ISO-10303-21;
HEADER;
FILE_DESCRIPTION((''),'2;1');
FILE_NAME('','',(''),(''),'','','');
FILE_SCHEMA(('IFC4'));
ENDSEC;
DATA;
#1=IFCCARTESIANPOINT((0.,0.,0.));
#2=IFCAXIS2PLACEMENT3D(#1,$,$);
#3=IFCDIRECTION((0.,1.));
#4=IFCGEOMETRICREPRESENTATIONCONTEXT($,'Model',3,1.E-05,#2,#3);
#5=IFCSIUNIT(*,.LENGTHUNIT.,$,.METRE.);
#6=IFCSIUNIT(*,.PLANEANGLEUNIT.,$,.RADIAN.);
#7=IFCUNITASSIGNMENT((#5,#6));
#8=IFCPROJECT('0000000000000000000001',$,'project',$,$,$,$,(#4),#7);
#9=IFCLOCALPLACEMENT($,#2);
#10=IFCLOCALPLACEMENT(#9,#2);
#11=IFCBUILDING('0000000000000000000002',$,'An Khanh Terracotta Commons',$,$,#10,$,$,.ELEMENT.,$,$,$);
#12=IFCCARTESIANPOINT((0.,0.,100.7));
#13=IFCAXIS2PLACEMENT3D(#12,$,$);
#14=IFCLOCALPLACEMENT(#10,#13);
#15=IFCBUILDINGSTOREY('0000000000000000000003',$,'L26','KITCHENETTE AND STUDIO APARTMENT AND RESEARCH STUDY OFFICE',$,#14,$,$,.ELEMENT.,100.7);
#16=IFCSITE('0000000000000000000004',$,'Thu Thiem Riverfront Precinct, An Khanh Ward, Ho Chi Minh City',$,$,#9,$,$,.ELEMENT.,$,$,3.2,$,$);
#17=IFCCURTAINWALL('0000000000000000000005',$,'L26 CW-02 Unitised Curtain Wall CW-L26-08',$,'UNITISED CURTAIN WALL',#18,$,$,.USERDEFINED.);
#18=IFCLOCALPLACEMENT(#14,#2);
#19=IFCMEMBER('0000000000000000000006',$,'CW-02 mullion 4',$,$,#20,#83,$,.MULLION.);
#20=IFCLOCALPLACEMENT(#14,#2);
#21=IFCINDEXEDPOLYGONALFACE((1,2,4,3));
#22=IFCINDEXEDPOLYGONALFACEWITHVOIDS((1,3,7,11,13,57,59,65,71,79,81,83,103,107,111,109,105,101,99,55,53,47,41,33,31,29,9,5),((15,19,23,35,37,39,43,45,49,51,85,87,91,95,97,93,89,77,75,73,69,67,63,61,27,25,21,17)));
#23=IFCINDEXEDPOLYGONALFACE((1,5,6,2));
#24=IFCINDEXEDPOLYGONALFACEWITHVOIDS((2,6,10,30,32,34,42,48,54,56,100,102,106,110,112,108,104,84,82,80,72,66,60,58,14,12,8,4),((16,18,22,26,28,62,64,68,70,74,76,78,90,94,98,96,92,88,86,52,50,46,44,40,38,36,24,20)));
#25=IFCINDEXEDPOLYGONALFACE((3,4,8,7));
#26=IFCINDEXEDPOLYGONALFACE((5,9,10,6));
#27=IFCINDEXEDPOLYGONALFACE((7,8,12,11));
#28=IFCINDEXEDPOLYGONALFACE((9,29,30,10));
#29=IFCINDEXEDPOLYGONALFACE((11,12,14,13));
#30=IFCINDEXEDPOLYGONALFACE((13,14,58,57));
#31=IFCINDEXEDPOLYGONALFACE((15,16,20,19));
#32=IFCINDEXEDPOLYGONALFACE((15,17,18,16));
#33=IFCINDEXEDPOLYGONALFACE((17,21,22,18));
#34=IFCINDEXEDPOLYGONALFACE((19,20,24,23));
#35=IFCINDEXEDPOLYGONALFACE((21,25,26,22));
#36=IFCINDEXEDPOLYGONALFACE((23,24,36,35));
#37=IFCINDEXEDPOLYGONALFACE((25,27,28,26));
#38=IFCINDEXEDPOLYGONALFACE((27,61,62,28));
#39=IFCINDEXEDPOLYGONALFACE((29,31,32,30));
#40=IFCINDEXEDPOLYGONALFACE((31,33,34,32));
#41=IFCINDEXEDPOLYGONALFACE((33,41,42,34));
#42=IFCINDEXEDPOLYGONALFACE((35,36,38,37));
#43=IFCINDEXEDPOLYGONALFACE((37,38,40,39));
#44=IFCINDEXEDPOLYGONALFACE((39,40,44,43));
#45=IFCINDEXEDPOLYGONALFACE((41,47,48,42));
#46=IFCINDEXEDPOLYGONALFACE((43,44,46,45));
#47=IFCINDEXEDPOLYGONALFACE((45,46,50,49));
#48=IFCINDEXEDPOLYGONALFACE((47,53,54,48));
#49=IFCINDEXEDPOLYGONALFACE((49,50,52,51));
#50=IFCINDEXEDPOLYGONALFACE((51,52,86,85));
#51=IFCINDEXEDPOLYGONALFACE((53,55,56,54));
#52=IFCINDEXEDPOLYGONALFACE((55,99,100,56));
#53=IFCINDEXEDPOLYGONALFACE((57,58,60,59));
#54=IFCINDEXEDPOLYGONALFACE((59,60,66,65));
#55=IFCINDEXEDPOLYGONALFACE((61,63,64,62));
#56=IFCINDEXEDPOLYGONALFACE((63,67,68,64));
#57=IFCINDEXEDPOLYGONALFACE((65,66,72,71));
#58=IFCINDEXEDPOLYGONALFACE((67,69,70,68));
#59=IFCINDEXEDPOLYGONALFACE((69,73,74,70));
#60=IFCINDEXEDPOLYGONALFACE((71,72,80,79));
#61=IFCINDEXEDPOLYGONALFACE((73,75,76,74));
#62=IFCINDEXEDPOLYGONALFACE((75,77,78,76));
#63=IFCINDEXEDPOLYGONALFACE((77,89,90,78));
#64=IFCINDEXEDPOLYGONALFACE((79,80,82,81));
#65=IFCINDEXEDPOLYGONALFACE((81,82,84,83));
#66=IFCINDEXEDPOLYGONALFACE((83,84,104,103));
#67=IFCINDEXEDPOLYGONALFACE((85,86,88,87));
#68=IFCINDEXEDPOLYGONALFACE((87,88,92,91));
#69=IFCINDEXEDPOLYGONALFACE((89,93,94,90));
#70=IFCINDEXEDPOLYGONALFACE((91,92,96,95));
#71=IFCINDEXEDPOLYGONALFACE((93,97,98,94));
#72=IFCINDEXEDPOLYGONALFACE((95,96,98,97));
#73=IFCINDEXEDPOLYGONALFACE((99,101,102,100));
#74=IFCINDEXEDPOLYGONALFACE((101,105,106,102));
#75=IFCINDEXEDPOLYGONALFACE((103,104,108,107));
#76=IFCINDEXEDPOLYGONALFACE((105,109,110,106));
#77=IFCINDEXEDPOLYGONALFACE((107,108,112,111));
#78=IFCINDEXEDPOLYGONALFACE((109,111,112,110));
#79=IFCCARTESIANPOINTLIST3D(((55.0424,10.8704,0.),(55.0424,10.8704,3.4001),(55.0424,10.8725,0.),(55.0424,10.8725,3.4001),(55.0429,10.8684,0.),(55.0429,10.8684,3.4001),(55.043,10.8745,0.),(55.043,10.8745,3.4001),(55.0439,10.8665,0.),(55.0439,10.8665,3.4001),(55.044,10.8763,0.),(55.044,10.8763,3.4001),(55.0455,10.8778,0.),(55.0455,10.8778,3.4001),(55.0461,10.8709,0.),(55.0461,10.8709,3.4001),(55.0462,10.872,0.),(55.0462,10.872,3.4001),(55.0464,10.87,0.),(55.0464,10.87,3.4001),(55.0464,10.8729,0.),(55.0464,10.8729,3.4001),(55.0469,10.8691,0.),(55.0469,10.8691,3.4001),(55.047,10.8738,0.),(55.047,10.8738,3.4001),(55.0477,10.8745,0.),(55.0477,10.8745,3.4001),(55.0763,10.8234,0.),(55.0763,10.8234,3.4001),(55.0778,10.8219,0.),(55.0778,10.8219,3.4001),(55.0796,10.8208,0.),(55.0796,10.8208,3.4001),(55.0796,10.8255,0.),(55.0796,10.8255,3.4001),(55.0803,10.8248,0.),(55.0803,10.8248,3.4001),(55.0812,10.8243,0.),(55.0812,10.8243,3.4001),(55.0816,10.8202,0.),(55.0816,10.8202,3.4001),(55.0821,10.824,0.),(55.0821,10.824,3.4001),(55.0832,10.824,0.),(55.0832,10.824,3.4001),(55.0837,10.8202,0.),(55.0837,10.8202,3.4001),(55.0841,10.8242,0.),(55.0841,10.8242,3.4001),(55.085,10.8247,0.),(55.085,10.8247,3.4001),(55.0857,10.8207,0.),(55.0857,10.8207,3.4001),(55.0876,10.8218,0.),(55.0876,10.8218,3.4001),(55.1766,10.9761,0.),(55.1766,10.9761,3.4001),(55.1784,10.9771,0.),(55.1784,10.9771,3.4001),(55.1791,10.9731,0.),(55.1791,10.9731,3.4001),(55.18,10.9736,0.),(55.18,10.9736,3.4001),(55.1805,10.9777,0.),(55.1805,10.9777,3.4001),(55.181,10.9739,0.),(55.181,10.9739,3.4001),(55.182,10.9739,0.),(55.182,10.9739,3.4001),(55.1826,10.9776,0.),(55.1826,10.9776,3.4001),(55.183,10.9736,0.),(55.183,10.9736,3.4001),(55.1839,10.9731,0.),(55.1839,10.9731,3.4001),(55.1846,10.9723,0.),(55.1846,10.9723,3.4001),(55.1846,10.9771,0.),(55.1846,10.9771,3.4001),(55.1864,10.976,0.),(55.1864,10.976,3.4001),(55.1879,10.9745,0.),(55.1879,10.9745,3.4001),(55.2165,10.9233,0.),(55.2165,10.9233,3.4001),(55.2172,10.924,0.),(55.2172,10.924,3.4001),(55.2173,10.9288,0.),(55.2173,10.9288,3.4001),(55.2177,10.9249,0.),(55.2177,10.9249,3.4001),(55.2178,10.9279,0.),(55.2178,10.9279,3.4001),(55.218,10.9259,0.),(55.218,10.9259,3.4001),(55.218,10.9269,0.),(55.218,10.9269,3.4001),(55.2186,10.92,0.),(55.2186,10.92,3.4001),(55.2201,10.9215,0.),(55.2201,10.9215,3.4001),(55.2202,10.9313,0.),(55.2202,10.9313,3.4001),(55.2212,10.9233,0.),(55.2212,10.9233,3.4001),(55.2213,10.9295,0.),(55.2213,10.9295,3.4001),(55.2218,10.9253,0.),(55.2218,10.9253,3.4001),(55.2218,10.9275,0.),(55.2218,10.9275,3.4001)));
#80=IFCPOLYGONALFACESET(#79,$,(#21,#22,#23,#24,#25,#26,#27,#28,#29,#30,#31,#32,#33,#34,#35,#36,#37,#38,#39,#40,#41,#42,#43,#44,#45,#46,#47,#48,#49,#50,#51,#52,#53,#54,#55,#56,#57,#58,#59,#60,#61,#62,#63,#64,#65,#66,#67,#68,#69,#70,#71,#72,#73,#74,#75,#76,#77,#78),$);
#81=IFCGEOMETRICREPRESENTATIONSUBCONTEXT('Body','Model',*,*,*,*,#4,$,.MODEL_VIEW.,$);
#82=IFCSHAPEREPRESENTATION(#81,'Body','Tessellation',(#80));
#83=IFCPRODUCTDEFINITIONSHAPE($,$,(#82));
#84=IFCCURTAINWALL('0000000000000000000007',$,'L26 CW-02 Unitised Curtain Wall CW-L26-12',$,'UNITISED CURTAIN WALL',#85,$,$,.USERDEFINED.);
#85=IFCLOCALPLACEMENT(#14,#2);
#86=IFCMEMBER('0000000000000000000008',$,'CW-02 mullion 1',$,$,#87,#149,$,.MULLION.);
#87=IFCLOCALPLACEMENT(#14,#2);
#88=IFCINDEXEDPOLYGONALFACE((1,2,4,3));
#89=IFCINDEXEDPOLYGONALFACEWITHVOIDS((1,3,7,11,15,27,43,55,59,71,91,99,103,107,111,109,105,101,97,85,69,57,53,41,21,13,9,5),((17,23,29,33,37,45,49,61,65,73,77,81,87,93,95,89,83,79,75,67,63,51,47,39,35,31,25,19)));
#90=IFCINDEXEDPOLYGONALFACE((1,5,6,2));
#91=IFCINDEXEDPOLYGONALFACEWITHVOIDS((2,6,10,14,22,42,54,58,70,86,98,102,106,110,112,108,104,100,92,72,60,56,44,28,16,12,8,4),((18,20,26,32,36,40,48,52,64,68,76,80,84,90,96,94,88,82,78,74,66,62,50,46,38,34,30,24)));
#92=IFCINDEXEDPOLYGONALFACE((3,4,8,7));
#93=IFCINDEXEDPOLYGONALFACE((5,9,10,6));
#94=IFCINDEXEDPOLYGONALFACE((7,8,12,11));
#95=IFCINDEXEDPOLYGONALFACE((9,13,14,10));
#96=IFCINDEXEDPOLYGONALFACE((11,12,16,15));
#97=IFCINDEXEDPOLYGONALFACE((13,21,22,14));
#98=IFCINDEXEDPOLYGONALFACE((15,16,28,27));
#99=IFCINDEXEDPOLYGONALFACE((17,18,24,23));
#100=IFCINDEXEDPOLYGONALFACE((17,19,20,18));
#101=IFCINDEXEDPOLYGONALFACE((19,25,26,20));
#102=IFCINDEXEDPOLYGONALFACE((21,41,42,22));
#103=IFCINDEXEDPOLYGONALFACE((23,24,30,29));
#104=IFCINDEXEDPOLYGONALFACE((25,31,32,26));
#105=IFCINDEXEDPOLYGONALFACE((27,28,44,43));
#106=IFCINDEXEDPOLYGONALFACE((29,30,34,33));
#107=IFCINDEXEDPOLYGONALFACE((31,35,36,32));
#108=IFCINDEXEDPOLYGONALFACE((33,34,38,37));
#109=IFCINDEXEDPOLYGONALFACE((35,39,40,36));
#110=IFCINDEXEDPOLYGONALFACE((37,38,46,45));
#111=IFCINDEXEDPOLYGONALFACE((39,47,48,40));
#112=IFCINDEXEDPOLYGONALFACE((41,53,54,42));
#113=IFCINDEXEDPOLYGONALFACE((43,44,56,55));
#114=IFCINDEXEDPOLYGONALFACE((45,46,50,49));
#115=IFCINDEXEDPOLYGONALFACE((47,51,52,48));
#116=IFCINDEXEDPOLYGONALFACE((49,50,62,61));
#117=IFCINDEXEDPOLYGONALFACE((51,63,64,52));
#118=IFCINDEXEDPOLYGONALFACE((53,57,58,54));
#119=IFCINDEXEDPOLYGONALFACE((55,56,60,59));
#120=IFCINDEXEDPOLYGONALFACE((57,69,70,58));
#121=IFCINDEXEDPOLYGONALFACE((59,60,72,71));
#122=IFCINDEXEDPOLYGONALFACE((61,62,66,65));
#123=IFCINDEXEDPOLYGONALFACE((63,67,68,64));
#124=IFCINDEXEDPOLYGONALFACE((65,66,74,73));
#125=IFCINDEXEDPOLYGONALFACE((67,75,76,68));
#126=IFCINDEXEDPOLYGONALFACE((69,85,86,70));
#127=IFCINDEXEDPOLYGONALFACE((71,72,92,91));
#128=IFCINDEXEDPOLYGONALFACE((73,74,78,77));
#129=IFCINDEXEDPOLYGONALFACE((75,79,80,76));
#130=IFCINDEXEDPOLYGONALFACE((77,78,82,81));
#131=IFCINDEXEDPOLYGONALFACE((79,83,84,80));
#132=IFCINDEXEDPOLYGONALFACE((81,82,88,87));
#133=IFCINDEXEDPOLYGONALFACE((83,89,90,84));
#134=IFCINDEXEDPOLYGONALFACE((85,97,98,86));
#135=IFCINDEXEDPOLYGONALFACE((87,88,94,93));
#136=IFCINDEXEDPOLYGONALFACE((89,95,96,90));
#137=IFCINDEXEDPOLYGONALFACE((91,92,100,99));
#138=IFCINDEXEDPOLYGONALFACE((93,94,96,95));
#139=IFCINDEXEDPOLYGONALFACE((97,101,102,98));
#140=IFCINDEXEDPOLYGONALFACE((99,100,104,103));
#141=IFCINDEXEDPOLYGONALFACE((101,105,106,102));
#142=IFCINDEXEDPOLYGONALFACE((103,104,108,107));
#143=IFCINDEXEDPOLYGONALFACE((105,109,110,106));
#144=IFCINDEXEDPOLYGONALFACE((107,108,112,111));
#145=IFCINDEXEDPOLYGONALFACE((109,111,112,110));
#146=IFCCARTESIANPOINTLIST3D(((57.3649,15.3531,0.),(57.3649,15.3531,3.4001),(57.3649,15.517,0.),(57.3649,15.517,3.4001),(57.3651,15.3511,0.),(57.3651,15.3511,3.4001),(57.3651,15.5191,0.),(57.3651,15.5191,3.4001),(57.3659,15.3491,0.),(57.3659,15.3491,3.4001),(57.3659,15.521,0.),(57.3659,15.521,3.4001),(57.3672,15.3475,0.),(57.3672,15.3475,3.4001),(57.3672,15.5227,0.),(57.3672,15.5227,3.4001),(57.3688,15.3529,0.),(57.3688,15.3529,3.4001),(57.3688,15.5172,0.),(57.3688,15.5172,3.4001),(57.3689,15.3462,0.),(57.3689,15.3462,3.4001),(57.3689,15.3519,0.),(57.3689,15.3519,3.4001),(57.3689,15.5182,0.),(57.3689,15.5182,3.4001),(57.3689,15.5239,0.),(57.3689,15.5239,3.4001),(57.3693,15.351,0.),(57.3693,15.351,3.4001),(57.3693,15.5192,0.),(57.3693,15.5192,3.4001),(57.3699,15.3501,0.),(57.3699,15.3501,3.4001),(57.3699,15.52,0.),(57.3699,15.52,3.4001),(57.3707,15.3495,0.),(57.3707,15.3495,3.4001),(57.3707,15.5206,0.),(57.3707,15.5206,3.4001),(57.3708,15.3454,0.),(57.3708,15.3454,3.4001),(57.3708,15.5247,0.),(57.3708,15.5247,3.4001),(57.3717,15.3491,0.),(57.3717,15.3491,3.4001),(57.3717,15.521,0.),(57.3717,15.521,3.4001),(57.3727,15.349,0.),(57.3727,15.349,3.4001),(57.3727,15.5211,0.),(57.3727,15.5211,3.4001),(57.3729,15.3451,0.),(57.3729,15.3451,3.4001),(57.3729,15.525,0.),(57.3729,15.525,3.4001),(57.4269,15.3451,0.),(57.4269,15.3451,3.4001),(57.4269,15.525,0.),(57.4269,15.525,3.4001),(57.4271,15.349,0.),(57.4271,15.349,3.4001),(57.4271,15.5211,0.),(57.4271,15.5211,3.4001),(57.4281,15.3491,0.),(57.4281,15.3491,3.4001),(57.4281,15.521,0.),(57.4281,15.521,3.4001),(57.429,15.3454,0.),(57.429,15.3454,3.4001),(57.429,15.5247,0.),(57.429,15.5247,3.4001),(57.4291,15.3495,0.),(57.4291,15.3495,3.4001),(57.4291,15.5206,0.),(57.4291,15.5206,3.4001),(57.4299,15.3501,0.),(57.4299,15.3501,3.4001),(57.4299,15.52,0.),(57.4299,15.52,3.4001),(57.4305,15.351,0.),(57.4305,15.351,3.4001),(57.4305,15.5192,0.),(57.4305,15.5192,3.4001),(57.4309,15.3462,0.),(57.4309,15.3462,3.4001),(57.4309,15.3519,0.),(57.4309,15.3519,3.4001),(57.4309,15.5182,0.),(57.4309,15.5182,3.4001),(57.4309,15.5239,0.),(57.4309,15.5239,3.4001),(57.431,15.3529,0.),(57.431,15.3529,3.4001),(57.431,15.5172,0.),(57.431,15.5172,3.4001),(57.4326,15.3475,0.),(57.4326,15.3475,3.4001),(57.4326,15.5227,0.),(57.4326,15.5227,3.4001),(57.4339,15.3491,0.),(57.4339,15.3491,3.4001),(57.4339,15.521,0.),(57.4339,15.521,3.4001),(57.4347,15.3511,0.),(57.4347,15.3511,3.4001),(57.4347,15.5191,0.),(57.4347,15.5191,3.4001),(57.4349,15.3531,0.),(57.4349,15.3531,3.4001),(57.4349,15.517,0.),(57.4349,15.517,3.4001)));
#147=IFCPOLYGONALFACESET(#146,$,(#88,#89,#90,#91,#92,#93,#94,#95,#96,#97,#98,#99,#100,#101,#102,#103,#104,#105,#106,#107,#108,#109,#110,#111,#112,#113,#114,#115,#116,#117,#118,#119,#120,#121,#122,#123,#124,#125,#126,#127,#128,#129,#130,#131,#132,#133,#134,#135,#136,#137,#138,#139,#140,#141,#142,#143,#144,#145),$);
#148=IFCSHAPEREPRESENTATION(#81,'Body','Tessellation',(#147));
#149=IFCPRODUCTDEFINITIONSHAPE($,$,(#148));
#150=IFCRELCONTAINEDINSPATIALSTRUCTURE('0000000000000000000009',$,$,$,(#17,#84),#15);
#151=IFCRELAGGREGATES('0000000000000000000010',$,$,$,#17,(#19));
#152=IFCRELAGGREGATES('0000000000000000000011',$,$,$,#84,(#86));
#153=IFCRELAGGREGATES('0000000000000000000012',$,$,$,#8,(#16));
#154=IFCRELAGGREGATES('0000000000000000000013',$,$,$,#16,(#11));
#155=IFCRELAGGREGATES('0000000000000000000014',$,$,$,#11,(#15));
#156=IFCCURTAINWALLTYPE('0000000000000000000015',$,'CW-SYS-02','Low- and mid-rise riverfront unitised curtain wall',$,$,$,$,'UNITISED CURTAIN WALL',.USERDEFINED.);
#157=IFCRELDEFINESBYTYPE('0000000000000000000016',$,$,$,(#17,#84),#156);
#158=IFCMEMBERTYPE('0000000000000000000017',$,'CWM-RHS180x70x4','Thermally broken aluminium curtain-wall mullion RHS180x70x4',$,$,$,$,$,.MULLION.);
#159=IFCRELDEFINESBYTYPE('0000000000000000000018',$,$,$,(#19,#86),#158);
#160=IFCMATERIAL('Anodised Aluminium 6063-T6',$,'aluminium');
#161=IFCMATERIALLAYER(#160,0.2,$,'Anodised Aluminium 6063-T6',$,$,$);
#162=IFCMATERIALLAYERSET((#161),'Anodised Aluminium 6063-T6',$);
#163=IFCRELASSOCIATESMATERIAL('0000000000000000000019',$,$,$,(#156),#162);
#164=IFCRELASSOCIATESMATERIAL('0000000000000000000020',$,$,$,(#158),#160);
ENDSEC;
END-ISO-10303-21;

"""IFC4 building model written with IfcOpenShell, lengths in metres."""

from ifc_helpers import new_model, si_unit, direction, frame, origin, origin_2d, place, context, subcontext, project, spatial, hollow_rectangle, extrude, material, layer, layer_set, material_profile, profile_set, type_object, element, aggregate, save


model = new_model("IFC4")

# Units and contexts
model_context = context("Model", 3, precision=1e-05, world=origin(), true_north=direction((0.0, 1.0)))
body_context = subcontext(model_context, "Body", "Model", "MODEL_VIEW")
ifc_project = project(units=[si_unit("LENGTHUNIT", "METRE"), si_unit("PLANEANGLEUNIT", "RADIAN")], contexts=[model_context])

# Site, building, storey
site_placement = place(None, origin())
site = spatial("IfcSite", under=ifc_project, at=site_placement, Name="Thu Thiem Riverfront Precinct, An Khanh Ward, Ho Chi Minh City", CompositionType="ELEMENT", RefElevation=3.2)
building_placement = place(site_placement, origin())
building = spatial("IfcBuilding", under=site, at=building_placement, Name="An Khanh Terracotta Commons", CompositionType="ELEMENT")
storey_placement = place(building_placement, frame((0.0, 0.0, 100.7)))
storey = spatial("IfcBuildingStorey", under=building, at=storey_placement, Name="L26", Description="KITCHENETTE AND STUDIO APARTMENT AND RESEARCH STUDY OFFICE", CompositionType="ELEMENT", Elevation=100.7)

# Curtain walls, members
ifc_material_1 = material(Name="Anodised Aluminium 6063-T6", Category="aluminium")
ifc_layer_1 = layer(ifc_material_1, 0.2, Name="Anodised Aluminium 6063-T6")
ifc_layer_set_1 = layer_set([ifc_layer_1], Name="Anodised Aluminium 6063-T6")
curtain_wall_type = type_object("IfcCurtainWallType", Name="CW-SYS-02", Description="Low- and mid-rise riverfront unitised curtain wall", ElementType="UNITISED CURTAIN WALL", PredefinedType="USERDEFINED", material=ifc_layer_set_1)
curtain_wall_1_placement = place(storey_placement, origin())
curtain_wall_1 = element("IfcCurtainWall", 1, at=curtain_wall_1_placement, inside=storey, type_object=curtain_wall_type, Name="L26 CW-02 Unitised Curtain Wall CW-L26-08", ObjectType="UNITISED CURTAIN WALL", PredefinedType="USERDEFINED")
ifc_material_profile_1 = material_profile(ifc_material_1, hollow_rectangle(XDim=0.0701, YDim=0.1799, WallThickness=0.0039, InnerFilletRadius=0.0039, OuterFilletRadius=0.0081, at=origin_2d()), Name="RHS180x70x4")
ifc_profile_set_1 = profile_set([ifc_material_profile_1], Name="Anodised Aluminium 6063-T6")
member_type_1 = type_object("IfcMemberType", Name="CWM-RHS180x70x4", Description="Thermally broken aluminium curtain-wall mullion RHS180x70x4", PredefinedType="MULLION", material=ifc_profile_set_1)
member_1_placement = place(storey_placement, frame((55.1321, 10.8989, 0.0), z_axis=(0.0, 0.0, 1.0), x_axis=(-0.599983, 0.800013, 0.0)))
member_1 = element("IfcMember", 2, at=member_1_placement, type_object=member_type_1, Name="CW-02 mullion 4", PredefinedType="MULLION", context=body_context, shape_type="SweptSolid", body=[
    extrude(hollow_rectangle(XDim=0.0701, YDim=0.1799, WallThickness=0.0039, InnerFilletRadius=0.0039, OuterFilletRadius=0.0081, at=origin_2d()), origin(), (0.0, 0.0, 1.0), 3.4001),
])
curtain_wall_2_placement = place(storey_placement, origin())
curtain_wall_2 = element("IfcCurtainWall", 3, at=curtain_wall_2_placement, inside=storey, type_object=curtain_wall_type, Name="L26 CW-02 Unitised Curtain Wall CW-L26-12", ObjectType="UNITISED CURTAIN WALL", PredefinedType="USERDEFINED")
member_2_placement = place(storey_placement, frame((57.3999, 15.4351, 0.0), z_axis=(0.0, 0.0, 1.0), x_axis=(-1.0, 0.0, 0.0)))
member_2 = element("IfcMember", 4, at=member_2_placement, type_object=member_type_1, Name="CW-02 mullion 1", PredefinedType="MULLION", context=body_context, shape_type="SweptSolid", body=[
    extrude(hollow_rectangle(XDim=0.0701, YDim=0.1799, WallThickness=0.0039, InnerFilletRadius=0.0039, OuterFilletRadius=0.0081, at=origin_2d()), origin(), (0.0, 0.0, 1.0), 3.4001),
])

aggregate(curtain_wall_1, [member_1])
aggregate(curtain_wall_2, [member_2])

save(model, "model.ifc")
